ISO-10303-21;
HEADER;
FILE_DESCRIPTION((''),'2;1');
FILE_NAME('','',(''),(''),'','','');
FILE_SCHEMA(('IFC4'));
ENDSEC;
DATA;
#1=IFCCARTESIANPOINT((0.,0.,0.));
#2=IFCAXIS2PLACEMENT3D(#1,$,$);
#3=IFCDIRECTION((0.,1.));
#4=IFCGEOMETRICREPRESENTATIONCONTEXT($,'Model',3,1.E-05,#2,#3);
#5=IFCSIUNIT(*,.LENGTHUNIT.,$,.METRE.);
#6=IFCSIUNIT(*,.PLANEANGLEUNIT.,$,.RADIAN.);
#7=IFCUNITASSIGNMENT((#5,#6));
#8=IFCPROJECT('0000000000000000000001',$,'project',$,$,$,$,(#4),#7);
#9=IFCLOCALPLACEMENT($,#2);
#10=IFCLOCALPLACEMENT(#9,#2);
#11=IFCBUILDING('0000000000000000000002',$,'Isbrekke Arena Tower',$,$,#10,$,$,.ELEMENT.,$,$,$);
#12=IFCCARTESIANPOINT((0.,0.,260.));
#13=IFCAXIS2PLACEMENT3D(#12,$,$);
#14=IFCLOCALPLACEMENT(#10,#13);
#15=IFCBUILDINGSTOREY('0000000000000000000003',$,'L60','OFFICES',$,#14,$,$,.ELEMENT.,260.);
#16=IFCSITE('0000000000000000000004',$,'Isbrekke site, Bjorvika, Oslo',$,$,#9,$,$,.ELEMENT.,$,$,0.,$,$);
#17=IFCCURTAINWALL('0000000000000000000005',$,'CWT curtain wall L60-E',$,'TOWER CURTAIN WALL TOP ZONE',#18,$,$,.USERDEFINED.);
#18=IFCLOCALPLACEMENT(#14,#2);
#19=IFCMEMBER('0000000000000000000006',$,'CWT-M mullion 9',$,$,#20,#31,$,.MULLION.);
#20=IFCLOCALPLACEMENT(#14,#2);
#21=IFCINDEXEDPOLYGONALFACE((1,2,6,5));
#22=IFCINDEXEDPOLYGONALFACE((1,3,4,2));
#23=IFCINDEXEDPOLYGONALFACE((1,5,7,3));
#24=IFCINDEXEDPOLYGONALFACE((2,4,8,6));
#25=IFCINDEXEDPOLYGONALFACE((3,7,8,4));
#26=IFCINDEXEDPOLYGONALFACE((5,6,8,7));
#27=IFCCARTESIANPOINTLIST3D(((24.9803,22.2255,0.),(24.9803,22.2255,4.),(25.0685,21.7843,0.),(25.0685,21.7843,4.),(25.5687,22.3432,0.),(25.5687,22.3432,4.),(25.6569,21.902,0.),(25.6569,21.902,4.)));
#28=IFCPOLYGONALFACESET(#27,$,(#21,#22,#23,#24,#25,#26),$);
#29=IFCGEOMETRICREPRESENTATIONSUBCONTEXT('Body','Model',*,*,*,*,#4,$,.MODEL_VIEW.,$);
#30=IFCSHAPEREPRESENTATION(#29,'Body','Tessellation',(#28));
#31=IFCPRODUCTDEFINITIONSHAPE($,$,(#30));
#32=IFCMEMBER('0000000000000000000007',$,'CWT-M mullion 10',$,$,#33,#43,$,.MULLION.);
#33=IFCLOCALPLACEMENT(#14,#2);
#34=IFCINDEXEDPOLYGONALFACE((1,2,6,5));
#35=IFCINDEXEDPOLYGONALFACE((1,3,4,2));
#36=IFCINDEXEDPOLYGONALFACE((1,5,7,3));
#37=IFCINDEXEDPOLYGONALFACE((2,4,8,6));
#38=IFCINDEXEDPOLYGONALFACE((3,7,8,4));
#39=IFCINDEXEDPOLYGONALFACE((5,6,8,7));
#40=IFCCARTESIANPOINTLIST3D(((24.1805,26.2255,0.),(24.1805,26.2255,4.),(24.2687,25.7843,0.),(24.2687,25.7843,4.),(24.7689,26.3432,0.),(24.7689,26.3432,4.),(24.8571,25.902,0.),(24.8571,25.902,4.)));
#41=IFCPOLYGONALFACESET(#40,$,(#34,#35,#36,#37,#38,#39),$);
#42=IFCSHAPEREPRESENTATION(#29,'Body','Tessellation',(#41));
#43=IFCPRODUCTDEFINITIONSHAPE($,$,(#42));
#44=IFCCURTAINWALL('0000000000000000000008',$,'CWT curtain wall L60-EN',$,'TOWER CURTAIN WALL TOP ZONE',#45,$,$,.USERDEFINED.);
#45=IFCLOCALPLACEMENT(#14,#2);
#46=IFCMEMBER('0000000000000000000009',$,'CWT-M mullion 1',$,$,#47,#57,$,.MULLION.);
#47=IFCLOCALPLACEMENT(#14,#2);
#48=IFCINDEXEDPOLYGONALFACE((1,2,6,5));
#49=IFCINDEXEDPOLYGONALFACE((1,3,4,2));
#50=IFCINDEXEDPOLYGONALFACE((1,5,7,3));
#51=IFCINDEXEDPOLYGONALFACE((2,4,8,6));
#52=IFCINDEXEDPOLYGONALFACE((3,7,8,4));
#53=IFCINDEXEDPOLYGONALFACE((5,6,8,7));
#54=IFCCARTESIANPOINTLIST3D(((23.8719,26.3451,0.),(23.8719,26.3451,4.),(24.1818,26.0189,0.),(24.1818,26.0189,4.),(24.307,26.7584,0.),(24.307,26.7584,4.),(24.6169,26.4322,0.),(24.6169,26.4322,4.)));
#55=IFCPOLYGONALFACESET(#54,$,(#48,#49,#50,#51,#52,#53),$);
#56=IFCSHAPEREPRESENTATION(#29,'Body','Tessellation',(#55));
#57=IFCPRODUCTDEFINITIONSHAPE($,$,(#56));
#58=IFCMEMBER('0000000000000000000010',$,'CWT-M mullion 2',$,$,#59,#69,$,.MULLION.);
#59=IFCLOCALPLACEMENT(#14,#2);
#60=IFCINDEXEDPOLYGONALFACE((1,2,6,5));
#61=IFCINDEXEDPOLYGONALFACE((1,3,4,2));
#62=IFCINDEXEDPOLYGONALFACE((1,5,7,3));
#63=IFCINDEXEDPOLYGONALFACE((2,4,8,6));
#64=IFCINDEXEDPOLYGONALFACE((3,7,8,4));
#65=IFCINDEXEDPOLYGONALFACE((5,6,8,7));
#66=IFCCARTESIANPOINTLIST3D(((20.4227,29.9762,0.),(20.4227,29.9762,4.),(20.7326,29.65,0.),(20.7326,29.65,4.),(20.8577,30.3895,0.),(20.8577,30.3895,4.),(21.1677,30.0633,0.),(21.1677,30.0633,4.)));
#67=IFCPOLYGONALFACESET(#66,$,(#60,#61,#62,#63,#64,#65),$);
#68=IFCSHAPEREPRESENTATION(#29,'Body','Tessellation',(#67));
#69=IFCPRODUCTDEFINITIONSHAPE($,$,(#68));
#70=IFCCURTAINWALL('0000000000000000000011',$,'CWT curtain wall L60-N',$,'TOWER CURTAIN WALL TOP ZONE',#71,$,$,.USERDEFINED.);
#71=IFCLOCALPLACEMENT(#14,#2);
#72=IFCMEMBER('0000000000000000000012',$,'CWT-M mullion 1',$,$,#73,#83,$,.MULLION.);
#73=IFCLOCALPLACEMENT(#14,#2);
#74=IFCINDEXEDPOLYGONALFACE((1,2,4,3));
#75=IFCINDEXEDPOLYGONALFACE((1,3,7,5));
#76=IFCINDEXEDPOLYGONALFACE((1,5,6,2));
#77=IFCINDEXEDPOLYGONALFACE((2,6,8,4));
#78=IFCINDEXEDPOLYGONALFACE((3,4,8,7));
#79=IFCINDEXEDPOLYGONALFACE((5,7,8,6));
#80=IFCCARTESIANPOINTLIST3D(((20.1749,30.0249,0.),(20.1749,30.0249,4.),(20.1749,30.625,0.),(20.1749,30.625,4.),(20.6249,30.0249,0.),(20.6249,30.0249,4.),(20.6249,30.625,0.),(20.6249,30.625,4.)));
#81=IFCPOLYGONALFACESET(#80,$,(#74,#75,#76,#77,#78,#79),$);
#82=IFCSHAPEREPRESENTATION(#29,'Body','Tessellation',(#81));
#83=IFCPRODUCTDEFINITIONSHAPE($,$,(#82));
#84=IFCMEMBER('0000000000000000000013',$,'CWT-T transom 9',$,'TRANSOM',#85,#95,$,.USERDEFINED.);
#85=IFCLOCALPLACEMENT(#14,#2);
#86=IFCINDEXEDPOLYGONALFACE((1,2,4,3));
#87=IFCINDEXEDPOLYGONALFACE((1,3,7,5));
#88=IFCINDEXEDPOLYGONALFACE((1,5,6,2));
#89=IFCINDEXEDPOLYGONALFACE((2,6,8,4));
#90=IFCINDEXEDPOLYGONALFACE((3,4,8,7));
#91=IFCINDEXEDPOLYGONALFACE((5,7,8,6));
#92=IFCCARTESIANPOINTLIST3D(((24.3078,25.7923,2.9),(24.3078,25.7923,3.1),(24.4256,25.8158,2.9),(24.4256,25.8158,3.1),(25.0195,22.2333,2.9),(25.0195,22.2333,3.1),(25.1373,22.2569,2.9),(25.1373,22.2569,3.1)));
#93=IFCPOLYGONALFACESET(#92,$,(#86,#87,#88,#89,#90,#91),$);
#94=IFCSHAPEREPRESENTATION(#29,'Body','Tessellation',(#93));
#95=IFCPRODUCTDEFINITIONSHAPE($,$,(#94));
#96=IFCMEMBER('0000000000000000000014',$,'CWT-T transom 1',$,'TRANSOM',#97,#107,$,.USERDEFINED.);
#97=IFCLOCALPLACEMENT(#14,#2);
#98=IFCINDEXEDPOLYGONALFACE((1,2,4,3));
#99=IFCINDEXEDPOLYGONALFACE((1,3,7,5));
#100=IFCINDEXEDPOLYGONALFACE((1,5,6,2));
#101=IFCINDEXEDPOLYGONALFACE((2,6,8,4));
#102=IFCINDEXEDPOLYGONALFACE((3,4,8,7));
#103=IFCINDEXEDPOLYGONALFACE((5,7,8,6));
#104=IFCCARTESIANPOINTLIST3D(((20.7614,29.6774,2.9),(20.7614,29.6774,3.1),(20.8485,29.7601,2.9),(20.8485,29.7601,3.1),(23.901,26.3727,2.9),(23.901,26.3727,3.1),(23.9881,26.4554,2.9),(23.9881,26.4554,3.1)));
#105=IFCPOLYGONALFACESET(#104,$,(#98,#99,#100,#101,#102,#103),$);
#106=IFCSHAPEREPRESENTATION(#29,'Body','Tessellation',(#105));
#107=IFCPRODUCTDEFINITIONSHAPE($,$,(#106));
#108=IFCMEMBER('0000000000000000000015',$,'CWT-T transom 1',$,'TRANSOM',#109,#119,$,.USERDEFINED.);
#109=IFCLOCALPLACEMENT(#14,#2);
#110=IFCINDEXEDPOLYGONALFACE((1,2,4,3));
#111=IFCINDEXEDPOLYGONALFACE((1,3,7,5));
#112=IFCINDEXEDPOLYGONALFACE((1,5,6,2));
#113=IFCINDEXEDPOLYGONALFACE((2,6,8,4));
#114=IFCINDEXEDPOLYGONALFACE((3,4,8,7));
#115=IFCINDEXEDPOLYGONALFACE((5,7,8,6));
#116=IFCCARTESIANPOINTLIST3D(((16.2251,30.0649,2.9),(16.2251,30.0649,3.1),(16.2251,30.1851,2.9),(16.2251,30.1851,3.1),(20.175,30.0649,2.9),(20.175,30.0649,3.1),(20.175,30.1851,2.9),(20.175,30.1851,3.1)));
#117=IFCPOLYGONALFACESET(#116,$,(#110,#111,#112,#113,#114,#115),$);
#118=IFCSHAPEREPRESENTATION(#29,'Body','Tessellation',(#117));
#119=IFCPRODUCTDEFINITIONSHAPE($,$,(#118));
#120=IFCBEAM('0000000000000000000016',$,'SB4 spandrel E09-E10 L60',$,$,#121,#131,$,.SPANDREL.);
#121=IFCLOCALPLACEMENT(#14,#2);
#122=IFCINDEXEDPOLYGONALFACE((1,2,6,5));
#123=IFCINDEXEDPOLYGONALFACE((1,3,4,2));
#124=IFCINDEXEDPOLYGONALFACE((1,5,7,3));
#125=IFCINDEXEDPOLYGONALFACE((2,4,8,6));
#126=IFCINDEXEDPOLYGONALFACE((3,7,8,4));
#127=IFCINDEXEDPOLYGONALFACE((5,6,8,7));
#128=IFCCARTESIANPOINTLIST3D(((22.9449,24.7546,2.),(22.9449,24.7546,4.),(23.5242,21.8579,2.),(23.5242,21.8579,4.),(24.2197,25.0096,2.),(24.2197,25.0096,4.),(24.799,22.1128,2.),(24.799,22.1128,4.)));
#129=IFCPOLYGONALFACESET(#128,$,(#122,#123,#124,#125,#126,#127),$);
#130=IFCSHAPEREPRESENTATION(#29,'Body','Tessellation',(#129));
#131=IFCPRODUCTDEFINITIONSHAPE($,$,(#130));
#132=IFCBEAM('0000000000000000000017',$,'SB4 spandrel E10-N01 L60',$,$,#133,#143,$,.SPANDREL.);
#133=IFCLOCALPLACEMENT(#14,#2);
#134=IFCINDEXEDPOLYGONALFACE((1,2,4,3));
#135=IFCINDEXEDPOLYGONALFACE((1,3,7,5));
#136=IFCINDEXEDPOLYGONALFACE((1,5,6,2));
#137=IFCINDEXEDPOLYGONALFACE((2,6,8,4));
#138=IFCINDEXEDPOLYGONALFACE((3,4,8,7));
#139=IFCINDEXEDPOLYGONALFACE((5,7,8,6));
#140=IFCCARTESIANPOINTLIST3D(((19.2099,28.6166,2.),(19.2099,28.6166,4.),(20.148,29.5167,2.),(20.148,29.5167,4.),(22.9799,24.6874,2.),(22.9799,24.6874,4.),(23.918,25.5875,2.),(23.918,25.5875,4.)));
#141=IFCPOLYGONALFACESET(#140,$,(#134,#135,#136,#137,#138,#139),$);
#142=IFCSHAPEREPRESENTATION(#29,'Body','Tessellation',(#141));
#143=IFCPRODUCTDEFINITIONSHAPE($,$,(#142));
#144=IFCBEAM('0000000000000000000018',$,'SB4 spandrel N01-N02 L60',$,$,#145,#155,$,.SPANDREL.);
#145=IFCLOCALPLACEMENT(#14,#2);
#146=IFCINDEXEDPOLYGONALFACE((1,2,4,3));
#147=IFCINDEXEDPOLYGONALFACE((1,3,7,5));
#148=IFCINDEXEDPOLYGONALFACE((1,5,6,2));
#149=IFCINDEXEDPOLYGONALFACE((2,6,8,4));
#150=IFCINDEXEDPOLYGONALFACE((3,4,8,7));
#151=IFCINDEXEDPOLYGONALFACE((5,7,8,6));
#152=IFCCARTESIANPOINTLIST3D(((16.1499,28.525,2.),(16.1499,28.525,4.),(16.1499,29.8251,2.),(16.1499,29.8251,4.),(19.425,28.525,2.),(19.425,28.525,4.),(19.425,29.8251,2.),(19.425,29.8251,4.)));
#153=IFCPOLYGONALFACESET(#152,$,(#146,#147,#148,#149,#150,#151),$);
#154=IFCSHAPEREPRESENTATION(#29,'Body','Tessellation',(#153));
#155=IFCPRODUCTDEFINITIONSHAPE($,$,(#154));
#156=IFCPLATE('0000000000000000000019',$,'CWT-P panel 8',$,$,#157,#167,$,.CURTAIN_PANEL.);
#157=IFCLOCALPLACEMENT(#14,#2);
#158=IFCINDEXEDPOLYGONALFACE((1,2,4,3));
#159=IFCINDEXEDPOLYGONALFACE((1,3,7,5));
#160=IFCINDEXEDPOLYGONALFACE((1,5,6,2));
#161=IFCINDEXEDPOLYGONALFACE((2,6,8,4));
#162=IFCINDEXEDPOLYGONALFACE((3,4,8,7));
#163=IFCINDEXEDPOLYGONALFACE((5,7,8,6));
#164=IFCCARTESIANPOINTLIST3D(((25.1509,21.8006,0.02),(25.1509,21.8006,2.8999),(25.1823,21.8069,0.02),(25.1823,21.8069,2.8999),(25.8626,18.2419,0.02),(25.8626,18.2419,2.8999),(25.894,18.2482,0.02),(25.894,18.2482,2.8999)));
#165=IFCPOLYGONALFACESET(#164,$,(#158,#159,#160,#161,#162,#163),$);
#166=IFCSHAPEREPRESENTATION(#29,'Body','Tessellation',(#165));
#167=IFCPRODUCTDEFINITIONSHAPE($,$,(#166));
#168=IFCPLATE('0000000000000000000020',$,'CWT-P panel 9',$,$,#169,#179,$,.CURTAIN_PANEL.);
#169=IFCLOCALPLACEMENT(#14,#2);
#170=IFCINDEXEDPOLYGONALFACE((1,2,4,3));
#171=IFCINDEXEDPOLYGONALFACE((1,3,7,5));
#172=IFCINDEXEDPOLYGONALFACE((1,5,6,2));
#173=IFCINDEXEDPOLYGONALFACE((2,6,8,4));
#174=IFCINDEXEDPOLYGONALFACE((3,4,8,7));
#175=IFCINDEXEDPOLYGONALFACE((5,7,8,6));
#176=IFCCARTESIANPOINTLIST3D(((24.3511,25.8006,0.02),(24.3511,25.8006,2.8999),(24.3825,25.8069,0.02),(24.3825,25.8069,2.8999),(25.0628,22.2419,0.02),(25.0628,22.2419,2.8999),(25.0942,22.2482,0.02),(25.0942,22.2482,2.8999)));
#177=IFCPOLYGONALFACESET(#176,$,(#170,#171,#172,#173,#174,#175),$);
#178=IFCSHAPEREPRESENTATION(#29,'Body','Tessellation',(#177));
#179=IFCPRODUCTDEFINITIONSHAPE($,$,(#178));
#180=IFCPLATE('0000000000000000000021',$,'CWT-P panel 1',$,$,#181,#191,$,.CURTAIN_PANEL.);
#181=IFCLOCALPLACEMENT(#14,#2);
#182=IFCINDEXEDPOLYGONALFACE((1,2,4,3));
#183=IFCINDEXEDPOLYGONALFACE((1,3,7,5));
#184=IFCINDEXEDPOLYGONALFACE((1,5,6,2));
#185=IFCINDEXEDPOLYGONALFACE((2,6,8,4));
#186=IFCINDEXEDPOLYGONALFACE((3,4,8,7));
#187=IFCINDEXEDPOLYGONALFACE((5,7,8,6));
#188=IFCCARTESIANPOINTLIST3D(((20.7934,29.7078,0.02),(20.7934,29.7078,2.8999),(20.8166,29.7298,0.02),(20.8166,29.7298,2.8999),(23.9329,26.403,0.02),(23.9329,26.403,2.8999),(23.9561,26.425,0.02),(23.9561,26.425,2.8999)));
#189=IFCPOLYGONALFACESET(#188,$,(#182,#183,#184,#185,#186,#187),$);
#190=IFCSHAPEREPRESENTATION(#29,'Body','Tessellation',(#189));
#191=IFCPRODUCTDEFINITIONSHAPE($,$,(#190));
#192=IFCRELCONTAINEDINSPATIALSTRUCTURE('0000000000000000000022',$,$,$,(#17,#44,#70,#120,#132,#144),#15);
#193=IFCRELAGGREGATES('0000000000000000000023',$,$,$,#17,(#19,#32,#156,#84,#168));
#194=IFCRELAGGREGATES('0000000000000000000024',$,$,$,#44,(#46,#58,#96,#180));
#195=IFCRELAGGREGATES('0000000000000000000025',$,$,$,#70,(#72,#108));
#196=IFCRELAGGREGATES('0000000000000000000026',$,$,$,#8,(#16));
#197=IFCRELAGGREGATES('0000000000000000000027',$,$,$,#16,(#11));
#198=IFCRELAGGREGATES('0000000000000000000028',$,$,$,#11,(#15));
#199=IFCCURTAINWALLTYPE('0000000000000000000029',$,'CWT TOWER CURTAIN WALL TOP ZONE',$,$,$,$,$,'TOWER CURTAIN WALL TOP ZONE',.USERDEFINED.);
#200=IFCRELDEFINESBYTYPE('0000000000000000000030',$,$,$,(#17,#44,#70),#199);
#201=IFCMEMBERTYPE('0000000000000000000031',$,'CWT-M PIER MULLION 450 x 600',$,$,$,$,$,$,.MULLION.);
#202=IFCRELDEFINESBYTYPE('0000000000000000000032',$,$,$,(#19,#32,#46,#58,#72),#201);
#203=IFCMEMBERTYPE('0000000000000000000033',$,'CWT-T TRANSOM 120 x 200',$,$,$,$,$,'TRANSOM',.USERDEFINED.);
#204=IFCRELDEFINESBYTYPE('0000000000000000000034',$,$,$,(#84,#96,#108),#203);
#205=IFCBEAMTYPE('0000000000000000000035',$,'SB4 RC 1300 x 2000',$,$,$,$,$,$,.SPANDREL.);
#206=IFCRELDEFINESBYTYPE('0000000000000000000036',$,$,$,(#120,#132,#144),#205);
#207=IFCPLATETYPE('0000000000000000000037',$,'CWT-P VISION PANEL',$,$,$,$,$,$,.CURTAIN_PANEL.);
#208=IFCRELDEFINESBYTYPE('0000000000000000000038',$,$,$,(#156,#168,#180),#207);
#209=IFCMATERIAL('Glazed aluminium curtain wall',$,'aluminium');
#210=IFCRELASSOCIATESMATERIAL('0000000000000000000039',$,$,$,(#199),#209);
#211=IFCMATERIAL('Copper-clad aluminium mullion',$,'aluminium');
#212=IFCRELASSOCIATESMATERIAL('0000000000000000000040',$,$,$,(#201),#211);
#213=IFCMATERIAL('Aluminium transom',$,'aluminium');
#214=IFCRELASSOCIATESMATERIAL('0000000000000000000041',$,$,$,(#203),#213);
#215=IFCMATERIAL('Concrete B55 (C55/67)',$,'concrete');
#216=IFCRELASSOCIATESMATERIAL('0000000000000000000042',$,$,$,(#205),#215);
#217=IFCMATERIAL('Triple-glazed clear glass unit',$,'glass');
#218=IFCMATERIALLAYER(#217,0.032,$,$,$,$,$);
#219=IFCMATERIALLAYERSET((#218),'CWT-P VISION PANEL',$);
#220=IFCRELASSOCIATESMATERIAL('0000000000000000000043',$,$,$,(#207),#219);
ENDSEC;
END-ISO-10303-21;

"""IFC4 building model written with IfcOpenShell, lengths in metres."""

from ifc_helpers import new_model, si_unit, direction, frame, origin, origin_2d, place, context, subcontext, project, spatial, rectangle, extrude, material, layer, layer_set, material_profile, profile_set, type_object, element, aggregate, save


model = new_model("IFC4")

# Units and contexts
model_context = context("Model", 3, precision=1e-05, world=origin(), true_north=direction((0.0, 1.0)))
body_context = subcontext(model_context, "Body", "Model", "MODEL_VIEW")
ifc_project = project(units=[si_unit("LENGTHUNIT", "METRE"), si_unit("PLANEANGLEUNIT", "RADIAN")], contexts=[model_context])

# Site, building, storey
site_placement = place(None, origin())
site = spatial("IfcSite", under=ifc_project, at=site_placement, Name="Isbrekke site, Bjorvika, Oslo", CompositionType="ELEMENT", RefElevation=0.0)
building_placement = place(site_placement, origin())
building = spatial("IfcBuilding", under=site, at=building_placement, Name="Isbrekke Arena Tower", CompositionType="ELEMENT")
storey_placement = place(building_placement, frame((0.0, 0.0, 260.0)))
storey = spatial("IfcBuildingStorey", under=building, at=storey_placement, Name="L60", Description="OFFICES", CompositionType="ELEMENT", Elevation=260.0)

# Curtain walls, members
ifc_material_1 = material(Name="Glazed aluminium curtain wall", Category="aluminium")
curtain_wall_type = type_object("IfcCurtainWallType", Name="CWT TOWER CURTAIN WALL TOP ZONE", ElementType="TOWER CURTAIN WALL TOP ZONE", PredefinedType="USERDEFINED", material=ifc_material_1)
curtain_wall_1_placement = place(storey_placement, origin())
curtain_wall_1 = element("IfcCurtainWall", 1, at=curtain_wall_1_placement, inside=storey, type_object=curtain_wall_type, Name="CWT curtain wall L60-E", ObjectType="TOWER CURTAIN WALL TOP ZONE", PredefinedType="USERDEFINED")
ifc_material_2 = material(Name="Copper-clad aluminium mullion", Category="aluminium")
ifc_material_profile_1 = material_profile(ifc_material_2, rectangle(XDim=0.45, YDim=0.6001, at=origin_2d()), Name="PIER 450X600")
ifc_profile_set_1 = profile_set([ifc_material_profile_1], Name="Copper-clad aluminium mullion")
member_type_1 = type_object("IfcMemberType", Name="CWT-M PIER MULLION 450 x 600", PredefinedType="MULLION", material=ifc_profile_set_1)
member_1_placement = place(storey_placement, frame((25.3186, 22.0637, 0.0), z_axis=(0.0, 0.0, 1.0), x_axis=(-0.196116, 0.980581, 0.0)))
member_1 = element("IfcMember", 2, at=member_1_placement, type_object=member_type_1, Name="CWT-M mullion 9", PredefinedType="MULLION", context=body_context, shape_type="SweptSolid", body=[
    extrude(rectangle(XDim=0.45, YDim=0.6001, at=origin_2d()), origin(), (0.0, 0.0, 1.0), 4.0),
])
member_2_placement = place(storey_placement, frame((24.5188, 26.0637, 0.0), z_axis=(0.0, 0.0, 1.0), x_axis=(-0.196116, 0.980581, 0.0)))
member_2 = element("IfcMember", 3, at=member_2_placement, type_object=member_type_1, Name="CWT-M mullion 10", PredefinedType="MULLION", context=body_context, shape_type="SweptSolid", body=[
    extrude(rectangle(XDim=0.45, YDim=0.6001, at=origin_2d()), origin(), (0.0, 0.0, 1.0), 4.0),
])
curtain_wall_2_placement = place(storey_placement, origin())
curtain_wall_2 = element("IfcCurtainWall", 4, at=curtain_wall_2_placement, inside=storey, type_object=curtain_wall_type, Name="CWT curtain wall L60-EN", ObjectType="TOWER CURTAIN WALL TOP ZONE", PredefinedType="USERDEFINED")
member_3_placement = place(storey_placement, frame((24.2444, 26.3887, 0.0), z_axis=(0.0, 0.0, 1.0), x_axis=(-0.688749, 0.724999, 0.0)))
member_3 = element("IfcMember", 5, at=member_3_placement, type_object=member_type_1, Name="CWT-M mullion 1", PredefinedType="MULLION", context=body_context, shape_type="SweptSolid", body=[
    extrude(rectangle(XDim=0.45, YDim=0.6001, at=origin_2d()), origin(), (0.0, 0.0, 1.0), 4.0),
])
member_4_placement = place(storey_placement, frame((20.7952, 30.0198, 0.0), z_axis=(0.0, 0.0, 1.0), x_axis=(-0.688749, 0.724999, 0.0)))
member_4 = element("IfcMember", 6, at=member_4_placement, type_object=member_type_1, Name="CWT-M mullion 2", PredefinedType="MULLION", context=body_context, shape_type="SweptSolid", body=[
    extrude(rectangle(XDim=0.45, YDim=0.6001, at=origin_2d()), origin(), (0.0, 0.0, 1.0), 4.0),
])

# Curtain wall, member
curtain_wall_3_placement = place(storey_placement, origin())
curtain_wall_3 = element("IfcCurtainWall", 7, at=curtain_wall_3_placement, inside=storey, type_object=curtain_wall_type, Name="CWT curtain wall L60-N", ObjectType="TOWER CURTAIN WALL TOP ZONE", PredefinedType="USERDEFINED")
member_5_placement = place(storey_placement, frame((20.3999, 30.325, 0.0), z_axis=(0.0, 0.0, 1.0), x_axis=(-1.0, 0.0, 0.0)))
member_5 = element("IfcMember", 8, at=member_5_placement, type_object=member_type_1, Name="CWT-M mullion 1", PredefinedType="MULLION", context=body_context, shape_type="SweptSolid", body=[
    extrude(rectangle(XDim=0.45, YDim=0.6001, at=origin_2d()), origin(), (0.0, 0.0, 1.0), 4.0),
])

# Members
ifc_material_3 = material(Name="Aluminium transom", Category="aluminium")
ifc_material_profile_2 = material_profile(ifc_material_3, rectangle(XDim=0.1201, YDim=0.2, at=origin_2d()), Name="TRANSOM 120X200")
ifc_profile_set_2 = profile_set([ifc_material_profile_2], Name="Aluminium transom")
member_type_2 = type_object("IfcMemberType", Name="CWT-T TRANSOM 120 x 200", ElementType="TRANSOM", PredefinedType="USERDEFINED", material=ifc_profile_set_2)
member_6_placement = place(storey_placement, frame((25.0784, 22.2451, 3.0), z_axis=(-0.19609, 0.980586, 0.0), x_axis=(-0.980586, -0.19609, 0.0)))
member_6 = element("IfcMember", 9, at=member_6_placement, type_object=member_type_2, Name="CWT-T transom 9", ObjectType="TRANSOM", PredefinedType="USERDEFINED", context=body_context, shape_type="SweptSolid", body=[
    extrude(rectangle(XDim=0.1201, YDim=0.2, at=origin_2d()), origin(), (0.0, 0.0, 1.0), 3.6294),
])
member_7_placement = place(storey_placement, frame((23.9446, 26.4141, 3.0), z_axis=(-0.688772, 0.724978, 0.0), x_axis=(-0.724978, -0.688772, 0.0)))
member_7 = element("IfcMember", 10, at=member_7_placement, type_object=member_type_2, Name="CWT-T transom 1", ObjectType="TRANSOM", PredefinedType="USERDEFINED", context=body_context, shape_type="SweptSolid", body=[
    extrude(rectangle(XDim=0.1201, YDim=0.2, at=origin_2d()), origin(), (0.0, 0.0, 1.0), 4.5583),
])
member_8_placement = place(storey_placement, frame((20.175, 30.125, 3.0), z_axis=(-1.0, 0.0, 0.0), x_axis=(0.0, -1.0, 0.0)))
member_8 = element("IfcMember", 11, at=member_8_placement, type_object=member_type_2, Name="CWT-T transom 1", ObjectType="TRANSOM", PredefinedType="USERDEFINED", context=body_context, shape_type="SweptSolid", body=[
    extrude(rectangle(XDim=0.1201, YDim=0.2, at=origin_2d()), origin(), (0.0, 0.0, 1.0), 3.95),
])

# Beams
ifc_material_4 = material(Name="Concrete B55 (C55/67)", Category="concrete")
ifc_material_profile_3 = material_profile(ifc_material_4, rectangle(XDim=1.3, YDim=2.0, at=origin_2d()), Name="RC 1300x2000")
ifc_profile_set_3 = profile_set([ifc_material_profile_3], Name="Concrete B55 (C55/67)")
beam_type_1 = type_object("IfcBeamType", Name="SB4 RC 1300 x 2000", PredefinedType="SPANDREL", material=ifc_profile_set_3)
beam_1_placement = place(storey_placement, frame((24.1616, 21.9854, 3.0), z_axis=(-0.196116, 0.980581, 0.0), x_axis=(-0.980581, -0.196116, 0.0)))
element("IfcBeam", 12, at=beam_1_placement, inside=storey, type_object=beam_type_1, Name="SB4 spandrel E09-E10 L60", PredefinedType="SPANDREL", context=body_context, shape_type="SweptSolid", body=[
    extrude(rectangle(XDim=1.3, YDim=2.0, at=origin_2d()), origin(), (0.0, 0.0, 1.0), 2.9541),
])
beam_2_placement = place(storey_placement, frame((23.449, 25.1375, 3.0), z_axis=(-0.69234, 0.721572, 0.0), x_axis=(-0.721572, -0.69234, 0.0)))
element("IfcBeam", 13, at=beam_2_placement, inside=storey, type_object=beam_type_1, Name="SB4 spandrel E10-N01 L60", PredefinedType="SPANDREL", context=body_context, shape_type="SweptSolid", body=[
    extrude(rectangle(XDim=1.3, YDim=2.0, at=origin_2d()), origin(), (0.0, 0.0, 1.0), 5.4453),
])
beam_3_placement = place(storey_placement, frame((19.425, 29.175, 3.0), z_axis=(-1.0, 0.0, 0.0), x_axis=(0.0, -1.0, 0.0)))
element("IfcBeam", 14, at=beam_3_placement, inside=storey, type_object=beam_type_1, Name="SB4 spandrel N01-N02 L60", PredefinedType="SPANDREL", context=body_context, shape_type="SweptSolid", body=[
    extrude(rectangle(XDim=1.3, YDim=2.0, at=origin_2d()), origin(), (0.0, 0.0, 1.0), 3.2751),
])

# Plates
ifc_material_5 = material(Name="Triple-glazed clear glass unit", Category="glass")
ifc_layer_1 = layer(ifc_material_5, 0.032)
ifc_layer_set_1 = layer_set([ifc_layer_1], Name="CWT-P VISION PANEL")
plate_type = type_object("IfcPlateType", Name="CWT-P VISION PANEL", PredefinedType="CURTAIN_PANEL", material=ifc_layer_set_1)
plate_1_placement = place(storey_placement, frame((25.5225, 20.0244, 0.02), z_axis=(0.0, 0.0, 1.0), x_axis=(-0.196116, 0.980581, 0.0)))
plate_1 = element("IfcPlate", 15, at=plate_1_placement, type_object=plate_type, Name="CWT-P panel 8", PredefinedType="CURTAIN_PANEL", context=body_context, shape_type="SweptSolid", body=[
    extrude(rectangle(XDim=3.6292, YDim=0.032, at=origin_2d()), origin(), (0.0, 0.0, 1.0), 2.8799),
])
plate_2_placement = place(storey_placement, frame((24.7227, 24.0244, 0.02), z_axis=(0.0, 0.0, 1.0), x_axis=(-0.196116, 0.980581, 0.0)))
plate_2 = element("IfcPlate", 16, at=plate_2_placement, type_object=plate_type, Name="CWT-P panel 9", PredefinedType="CURTAIN_PANEL", context=body_context, shape_type="SweptSolid", body=[
    extrude(rectangle(XDim=3.6292, YDim=0.032, at=origin_2d()), origin(), (0.0, 0.0, 1.0), 2.8799),
])
aggregate(curtain_wall_1, [member_1, member_2, plate_1, member_6, plate_2])
plate_3_placement = place(storey_placement, frame((22.3748, 28.0664, 0.02), z_axis=(0.0, 0.0, 1.0), x_axis=(-0.688749, 0.724999, 0.0)))
plate_3 = element("IfcPlate", 17, at=plate_3_placement, type_object=plate_type, Name="CWT-P panel 1", PredefinedType="CURTAIN_PANEL", context=body_context, shape_type="SweptSolid", body=[
    extrude(rectangle(XDim=4.5583, YDim=0.032, at=origin_2d()), origin(), (0.0, 0.0, 1.0), 2.8799),
])
aggregate(curtain_wall_2, [member_3, member_4, member_7, plate_3])
aggregate(curtain_wall_3, [member_5, member_8])

save(model, "model.ifc")
